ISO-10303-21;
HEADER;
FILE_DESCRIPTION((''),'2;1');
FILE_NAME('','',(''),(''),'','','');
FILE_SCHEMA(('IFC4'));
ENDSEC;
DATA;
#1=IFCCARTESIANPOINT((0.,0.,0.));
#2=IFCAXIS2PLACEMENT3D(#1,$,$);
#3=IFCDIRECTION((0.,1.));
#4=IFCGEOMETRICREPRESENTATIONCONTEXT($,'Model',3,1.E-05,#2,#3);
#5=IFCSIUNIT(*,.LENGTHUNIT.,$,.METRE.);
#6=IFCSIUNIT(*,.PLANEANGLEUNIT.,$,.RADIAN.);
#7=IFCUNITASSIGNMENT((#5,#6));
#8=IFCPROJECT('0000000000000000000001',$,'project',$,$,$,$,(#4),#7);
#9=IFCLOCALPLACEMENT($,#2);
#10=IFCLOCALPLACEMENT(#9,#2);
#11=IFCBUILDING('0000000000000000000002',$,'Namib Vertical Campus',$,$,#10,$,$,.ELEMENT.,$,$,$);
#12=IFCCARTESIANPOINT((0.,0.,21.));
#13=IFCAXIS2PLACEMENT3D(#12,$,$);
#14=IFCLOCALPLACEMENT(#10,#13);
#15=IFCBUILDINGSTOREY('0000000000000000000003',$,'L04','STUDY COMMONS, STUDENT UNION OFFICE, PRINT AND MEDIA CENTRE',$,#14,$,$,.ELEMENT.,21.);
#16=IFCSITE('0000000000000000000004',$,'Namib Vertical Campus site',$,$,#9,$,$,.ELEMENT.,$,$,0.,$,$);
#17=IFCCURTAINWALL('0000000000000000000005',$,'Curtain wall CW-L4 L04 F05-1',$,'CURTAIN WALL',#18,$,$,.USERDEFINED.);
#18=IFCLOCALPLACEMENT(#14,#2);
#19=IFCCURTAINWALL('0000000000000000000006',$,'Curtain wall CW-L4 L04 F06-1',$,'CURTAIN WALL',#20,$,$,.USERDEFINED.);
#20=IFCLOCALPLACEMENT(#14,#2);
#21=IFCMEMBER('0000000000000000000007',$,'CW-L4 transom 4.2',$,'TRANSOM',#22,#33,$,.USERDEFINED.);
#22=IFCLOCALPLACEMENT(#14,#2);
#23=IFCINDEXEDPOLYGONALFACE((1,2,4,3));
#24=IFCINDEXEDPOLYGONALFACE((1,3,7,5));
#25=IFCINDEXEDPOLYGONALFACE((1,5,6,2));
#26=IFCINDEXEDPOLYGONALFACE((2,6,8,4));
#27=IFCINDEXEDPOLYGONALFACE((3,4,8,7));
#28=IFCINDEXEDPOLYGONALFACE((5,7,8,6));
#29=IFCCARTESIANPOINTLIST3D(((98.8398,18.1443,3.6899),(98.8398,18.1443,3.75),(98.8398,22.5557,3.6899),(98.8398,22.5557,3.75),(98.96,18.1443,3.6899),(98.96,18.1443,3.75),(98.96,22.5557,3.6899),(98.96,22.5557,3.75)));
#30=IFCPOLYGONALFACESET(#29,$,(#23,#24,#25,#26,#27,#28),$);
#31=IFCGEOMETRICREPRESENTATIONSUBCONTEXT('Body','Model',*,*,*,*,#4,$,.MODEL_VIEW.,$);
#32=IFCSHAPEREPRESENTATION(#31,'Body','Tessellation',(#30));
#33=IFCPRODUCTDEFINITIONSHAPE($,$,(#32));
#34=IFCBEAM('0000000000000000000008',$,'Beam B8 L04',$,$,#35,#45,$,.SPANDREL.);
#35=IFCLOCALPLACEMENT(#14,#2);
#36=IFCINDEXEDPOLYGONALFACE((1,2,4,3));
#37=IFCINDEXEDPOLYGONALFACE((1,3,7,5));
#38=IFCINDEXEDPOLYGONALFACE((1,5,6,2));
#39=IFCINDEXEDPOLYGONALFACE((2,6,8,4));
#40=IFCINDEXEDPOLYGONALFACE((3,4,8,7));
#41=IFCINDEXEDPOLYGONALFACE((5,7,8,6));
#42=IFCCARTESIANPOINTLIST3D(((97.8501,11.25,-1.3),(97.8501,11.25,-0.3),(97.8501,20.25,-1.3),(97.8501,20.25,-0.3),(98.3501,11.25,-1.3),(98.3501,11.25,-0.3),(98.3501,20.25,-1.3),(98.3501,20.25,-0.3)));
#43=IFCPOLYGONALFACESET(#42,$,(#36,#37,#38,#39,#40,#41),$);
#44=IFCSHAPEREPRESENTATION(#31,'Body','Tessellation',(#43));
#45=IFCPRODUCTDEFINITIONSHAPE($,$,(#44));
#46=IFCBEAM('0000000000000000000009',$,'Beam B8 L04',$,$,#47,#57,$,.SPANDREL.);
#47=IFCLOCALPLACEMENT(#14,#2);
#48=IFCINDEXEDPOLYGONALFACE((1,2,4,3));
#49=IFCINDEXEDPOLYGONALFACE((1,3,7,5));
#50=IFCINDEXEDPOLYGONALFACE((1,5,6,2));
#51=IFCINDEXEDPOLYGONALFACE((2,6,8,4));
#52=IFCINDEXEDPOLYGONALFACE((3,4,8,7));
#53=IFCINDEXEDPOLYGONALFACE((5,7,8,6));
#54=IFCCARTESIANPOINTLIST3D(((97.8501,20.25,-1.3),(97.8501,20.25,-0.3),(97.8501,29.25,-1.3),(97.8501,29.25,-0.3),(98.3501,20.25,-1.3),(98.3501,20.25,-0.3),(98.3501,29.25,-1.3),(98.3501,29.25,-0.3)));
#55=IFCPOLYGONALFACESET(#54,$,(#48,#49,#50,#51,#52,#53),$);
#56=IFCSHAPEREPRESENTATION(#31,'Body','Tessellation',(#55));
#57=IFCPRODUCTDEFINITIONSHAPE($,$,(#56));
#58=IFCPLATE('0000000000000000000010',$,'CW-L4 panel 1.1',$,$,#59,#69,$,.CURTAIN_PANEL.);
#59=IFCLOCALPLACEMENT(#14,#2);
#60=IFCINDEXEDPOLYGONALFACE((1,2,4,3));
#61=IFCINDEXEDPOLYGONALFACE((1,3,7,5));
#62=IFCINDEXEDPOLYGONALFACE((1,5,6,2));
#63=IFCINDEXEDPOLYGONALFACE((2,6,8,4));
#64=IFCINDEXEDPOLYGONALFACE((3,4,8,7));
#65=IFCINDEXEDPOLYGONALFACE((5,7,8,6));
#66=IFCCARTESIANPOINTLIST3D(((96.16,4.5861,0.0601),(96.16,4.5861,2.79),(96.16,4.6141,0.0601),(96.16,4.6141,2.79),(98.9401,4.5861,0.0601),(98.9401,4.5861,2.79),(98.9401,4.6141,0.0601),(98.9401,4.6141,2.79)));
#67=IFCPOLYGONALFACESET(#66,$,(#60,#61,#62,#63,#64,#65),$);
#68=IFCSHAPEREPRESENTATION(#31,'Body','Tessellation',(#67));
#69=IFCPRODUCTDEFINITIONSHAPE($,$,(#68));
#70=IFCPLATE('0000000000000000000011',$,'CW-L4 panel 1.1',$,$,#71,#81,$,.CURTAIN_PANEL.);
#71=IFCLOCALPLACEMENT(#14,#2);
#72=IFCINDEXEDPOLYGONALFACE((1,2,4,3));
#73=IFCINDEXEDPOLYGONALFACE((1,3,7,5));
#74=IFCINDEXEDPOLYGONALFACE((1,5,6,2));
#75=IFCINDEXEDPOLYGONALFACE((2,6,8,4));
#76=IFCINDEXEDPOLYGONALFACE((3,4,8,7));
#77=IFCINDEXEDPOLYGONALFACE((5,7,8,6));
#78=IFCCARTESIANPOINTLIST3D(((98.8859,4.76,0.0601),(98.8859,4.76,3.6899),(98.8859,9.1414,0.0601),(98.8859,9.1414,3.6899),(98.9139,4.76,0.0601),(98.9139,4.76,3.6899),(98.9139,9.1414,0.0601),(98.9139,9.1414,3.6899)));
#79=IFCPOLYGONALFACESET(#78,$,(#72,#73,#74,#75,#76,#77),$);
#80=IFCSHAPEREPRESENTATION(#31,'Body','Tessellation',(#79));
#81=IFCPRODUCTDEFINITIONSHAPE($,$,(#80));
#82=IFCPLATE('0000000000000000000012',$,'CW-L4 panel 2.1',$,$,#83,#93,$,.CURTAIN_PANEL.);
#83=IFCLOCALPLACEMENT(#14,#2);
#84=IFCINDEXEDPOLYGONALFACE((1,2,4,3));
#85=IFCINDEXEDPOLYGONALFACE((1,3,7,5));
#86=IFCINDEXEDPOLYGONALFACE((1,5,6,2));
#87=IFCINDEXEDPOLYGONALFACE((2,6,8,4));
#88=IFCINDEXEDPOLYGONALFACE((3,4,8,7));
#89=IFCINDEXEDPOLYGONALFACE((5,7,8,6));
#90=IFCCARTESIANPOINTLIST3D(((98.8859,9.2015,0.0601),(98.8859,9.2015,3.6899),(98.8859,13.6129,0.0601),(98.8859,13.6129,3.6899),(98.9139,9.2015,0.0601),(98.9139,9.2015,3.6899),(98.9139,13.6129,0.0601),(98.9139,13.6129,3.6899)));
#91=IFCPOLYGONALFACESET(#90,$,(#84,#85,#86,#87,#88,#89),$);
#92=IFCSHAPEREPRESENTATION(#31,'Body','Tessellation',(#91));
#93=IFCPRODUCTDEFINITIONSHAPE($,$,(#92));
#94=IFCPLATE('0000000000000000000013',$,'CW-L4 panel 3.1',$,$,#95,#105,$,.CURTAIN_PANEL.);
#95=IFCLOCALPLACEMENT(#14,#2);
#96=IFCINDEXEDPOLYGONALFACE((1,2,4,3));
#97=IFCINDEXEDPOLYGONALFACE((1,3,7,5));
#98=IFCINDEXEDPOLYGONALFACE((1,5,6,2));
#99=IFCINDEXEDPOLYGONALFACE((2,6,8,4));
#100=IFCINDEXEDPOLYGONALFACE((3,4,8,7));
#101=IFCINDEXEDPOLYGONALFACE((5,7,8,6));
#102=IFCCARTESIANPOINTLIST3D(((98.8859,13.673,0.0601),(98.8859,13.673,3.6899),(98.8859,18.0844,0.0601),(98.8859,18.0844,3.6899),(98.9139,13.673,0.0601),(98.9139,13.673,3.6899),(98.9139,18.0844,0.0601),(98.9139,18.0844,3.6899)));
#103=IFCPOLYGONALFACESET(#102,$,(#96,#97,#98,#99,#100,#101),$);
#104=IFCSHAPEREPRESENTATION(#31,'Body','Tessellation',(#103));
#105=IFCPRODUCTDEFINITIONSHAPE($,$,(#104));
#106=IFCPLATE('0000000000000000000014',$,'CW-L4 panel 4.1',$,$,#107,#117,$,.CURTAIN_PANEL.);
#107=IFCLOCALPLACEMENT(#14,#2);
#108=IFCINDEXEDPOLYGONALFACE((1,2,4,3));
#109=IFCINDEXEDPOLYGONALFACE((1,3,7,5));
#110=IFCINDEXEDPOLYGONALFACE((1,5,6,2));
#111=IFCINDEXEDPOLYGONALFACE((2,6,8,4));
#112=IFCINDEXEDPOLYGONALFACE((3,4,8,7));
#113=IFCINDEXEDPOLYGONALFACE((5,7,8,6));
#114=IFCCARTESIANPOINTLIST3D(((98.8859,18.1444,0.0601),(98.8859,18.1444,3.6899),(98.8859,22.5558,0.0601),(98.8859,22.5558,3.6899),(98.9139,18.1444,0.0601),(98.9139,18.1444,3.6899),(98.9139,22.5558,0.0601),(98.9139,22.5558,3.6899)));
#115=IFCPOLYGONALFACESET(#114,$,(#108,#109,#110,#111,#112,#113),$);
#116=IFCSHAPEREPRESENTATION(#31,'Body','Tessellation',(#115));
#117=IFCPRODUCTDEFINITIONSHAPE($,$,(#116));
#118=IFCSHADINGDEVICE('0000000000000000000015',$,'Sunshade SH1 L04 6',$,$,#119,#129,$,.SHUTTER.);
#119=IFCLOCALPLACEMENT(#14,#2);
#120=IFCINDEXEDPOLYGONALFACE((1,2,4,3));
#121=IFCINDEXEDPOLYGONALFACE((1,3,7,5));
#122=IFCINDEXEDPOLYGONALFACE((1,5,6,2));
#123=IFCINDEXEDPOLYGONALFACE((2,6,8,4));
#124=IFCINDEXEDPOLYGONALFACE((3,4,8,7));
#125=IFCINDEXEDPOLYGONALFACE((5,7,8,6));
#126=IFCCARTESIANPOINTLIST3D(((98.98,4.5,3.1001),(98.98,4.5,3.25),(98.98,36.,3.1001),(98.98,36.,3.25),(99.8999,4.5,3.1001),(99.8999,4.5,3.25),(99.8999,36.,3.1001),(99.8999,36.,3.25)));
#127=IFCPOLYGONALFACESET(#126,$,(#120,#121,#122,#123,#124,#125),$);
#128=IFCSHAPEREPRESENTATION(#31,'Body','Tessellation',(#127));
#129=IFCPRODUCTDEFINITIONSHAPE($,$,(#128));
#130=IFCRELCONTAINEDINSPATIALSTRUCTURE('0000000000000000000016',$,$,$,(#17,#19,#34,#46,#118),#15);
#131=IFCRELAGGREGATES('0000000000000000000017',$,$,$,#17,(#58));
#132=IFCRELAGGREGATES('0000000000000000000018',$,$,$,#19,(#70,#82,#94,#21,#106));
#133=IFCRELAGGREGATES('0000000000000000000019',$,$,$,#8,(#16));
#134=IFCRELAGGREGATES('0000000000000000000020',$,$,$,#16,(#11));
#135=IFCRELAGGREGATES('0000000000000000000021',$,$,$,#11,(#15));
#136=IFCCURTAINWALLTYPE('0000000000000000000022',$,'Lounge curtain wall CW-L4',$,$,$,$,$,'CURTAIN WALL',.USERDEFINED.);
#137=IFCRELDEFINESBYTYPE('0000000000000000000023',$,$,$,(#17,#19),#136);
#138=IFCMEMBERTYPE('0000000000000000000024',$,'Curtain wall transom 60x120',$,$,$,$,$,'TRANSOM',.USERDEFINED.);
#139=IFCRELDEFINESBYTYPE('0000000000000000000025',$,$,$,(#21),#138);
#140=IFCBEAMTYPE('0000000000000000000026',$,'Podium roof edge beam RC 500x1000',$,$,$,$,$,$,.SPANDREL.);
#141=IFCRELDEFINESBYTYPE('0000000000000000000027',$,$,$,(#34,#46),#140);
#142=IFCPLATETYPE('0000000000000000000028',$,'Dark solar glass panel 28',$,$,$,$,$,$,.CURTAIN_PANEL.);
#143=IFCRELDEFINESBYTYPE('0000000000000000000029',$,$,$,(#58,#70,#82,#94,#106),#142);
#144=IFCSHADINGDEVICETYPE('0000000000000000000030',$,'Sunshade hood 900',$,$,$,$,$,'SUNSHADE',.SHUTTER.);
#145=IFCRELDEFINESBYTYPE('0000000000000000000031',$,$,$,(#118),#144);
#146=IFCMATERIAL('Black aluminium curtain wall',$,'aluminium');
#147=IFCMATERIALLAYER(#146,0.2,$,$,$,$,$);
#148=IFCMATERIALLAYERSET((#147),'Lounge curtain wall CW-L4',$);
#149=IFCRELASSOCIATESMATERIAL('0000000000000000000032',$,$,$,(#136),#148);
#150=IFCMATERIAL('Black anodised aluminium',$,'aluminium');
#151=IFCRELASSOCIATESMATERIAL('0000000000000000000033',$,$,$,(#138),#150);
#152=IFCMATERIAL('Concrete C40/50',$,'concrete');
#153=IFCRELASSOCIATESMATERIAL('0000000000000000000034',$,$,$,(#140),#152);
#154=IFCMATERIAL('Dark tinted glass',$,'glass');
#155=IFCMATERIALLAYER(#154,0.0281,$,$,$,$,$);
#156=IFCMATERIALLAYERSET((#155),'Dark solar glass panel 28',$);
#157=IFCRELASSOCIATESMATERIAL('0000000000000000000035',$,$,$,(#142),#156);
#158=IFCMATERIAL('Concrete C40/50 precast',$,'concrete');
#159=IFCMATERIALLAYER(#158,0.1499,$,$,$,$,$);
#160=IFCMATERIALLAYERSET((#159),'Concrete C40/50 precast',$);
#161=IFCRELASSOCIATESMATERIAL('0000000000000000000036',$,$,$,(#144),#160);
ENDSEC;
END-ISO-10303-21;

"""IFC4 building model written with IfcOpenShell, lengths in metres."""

from ifc_helpers import new_model, si_unit, direction, frame, origin, origin_2d, place, context, subcontext, project, spatial, rectangle, extrude, material, layer, layer_set, material_profile, profile_set, type_object, element, aggregate, save


model = new_model("IFC4")

# Units and contexts
model_context = context("Model", 3, precision=1e-05, world=origin(), true_north=direction((0.0, 1.0)))
body_context = subcontext(model_context, "Body", "Model", "MODEL_VIEW")
ifc_project = project(units=[si_unit("LENGTHUNIT", "METRE"), si_unit("PLANEANGLEUNIT", "RADIAN")], contexts=[model_context])

# Site, building, storey
site_placement = place(None, origin())
site = spatial("IfcSite", under=ifc_project, at=site_placement, Name="Namib Vertical Campus site", CompositionType="ELEMENT", RefElevation=0.0)
building_placement = place(site_placement, origin())
building = spatial("IfcBuilding", under=site, at=building_placement, Name="Namib Vertical Campus", CompositionType="ELEMENT")
storey_placement = place(building_placement, frame((0.0, 0.0, 21.0)))
storey = spatial("IfcBuildingStorey", under=building, at=storey_placement, Name="L04", Description="STUDY COMMONS, STUDENT UNION OFFICE, PRINT AND MEDIA CENTRE", CompositionType="ELEMENT", Elevation=21.0)

# Curtain wall
ifc_material_1 = material(Name="Black aluminium curtain wall", Category="aluminium")
ifc_layer_1 = layer(ifc_material_1, 0.2)
ifc_layer_set_1 = layer_set([ifc_layer_1], Name="Lounge curtain wall CW-L4")
curtain_wall_type = type_object("IfcCurtainWallType", Name="Lounge curtain wall CW-L4", ElementType="CURTAIN WALL", PredefinedType="USERDEFINED", material=ifc_layer_set_1)
curtain_wall_1_placement = place(storey_placement, origin())
curtain_wall_1 = element("IfcCurtainWall", 1, at=curtain_wall_1_placement, inside=storey, type_object=curtain_wall_type, Name="Curtain wall CW-L4 L04 F05-1", ObjectType="CURTAIN WALL", PredefinedType="USERDEFINED")

# Curtain wall
curtain_wall_2_placement = place(storey_placement, origin())
curtain_wall_2 = element("IfcCurtainWall", 2, at=curtain_wall_2_placement, inside=storey, type_object=curtain_wall_type, Name="Curtain wall CW-L4 L04 F06-1", ObjectType="CURTAIN WALL", PredefinedType="USERDEFINED")

# Member
ifc_material_2 = material(Name="Black anodised aluminium", Category="aluminium")
ifc_material_profile_1 = material_profile(ifc_material_2, rectangle(XDim=0.0601, YDim=0.1201, at=origin_2d()))
ifc_profile_set_1 = profile_set([ifc_material_profile_1], Name="Black anodised aluminium")
member_type_1 = type_object("IfcMemberType", Name="Curtain wall transom 60x120", ElementType="TRANSOM", PredefinedType="USERDEFINED", material=ifc_profile_set_1)
member_1_placement = place(storey_placement, frame((98.8999, 18.1443, 3.72), z_axis=(0.0, 1.0, 0.0), x_axis=(0.0, 0.0, 1.0)))
member_1 = element("IfcMember", 3, at=member_1_placement, type_object=member_type_1, Name="CW-L4 transom 4.2", ObjectType="TRANSOM", PredefinedType="USERDEFINED", context=body_context, shape_type="SweptSolid", body=[
    extrude(rectangle(XDim=0.0601, YDim=0.1201, at=origin_2d()), origin(), (0.0, 0.0, 1.0), 4.4114),
])

# Beams
ifc_material_3 = material(Name="Concrete C40/50", Category="concrete")
ifc_material_profile_2 = material_profile(ifc_material_3, rectangle(XDim=0.5, YDim=1.0, at=origin_2d()))
ifc_profile_set_2 = profile_set([ifc_material_profile_2], Name="Concrete C40/50")
beam_type = type_object("IfcBeamType", Name="Podium roof edge beam RC 500x1000", PredefinedType="SPANDREL", material=ifc_profile_set_2)
for number, where, z_axis, x_axis, name in (
    (4, (98.1001, 11.25, -0.8), (0.0, 1.0, 0.0), (-1.0, 0.0, 0.0), "Beam B8 L04"),
    (5, (98.1001, 20.25, -0.8), (0.0, 1.0, 0.0), (-1.0, 0.0, 0.0), "Beam B8 L04"),
):
    element("IfcBeam", number, at=place(storey_placement, frame(where, z_axis=z_axis, x_axis=x_axis)), inside=storey, type_object=beam_type, Name=name, PredefinedType="SPANDREL", context=body_context, shape_type="SweptSolid", body=[
        extrude(rectangle(XDim=0.5, YDim=1.0, at=origin_2d()), origin(), (0.0, 0.0, 1.0), 9.0),
    ])

# Plates
ifc_material_4 = material(Name="Dark tinted glass", Category="glass")
ifc_layer_2 = layer(ifc_material_4, 0.0281)
ifc_layer_set_2 = layer_set([ifc_layer_2], Name="Dark solar glass panel 28")
plate_type = type_object("IfcPlateType", Name="Dark solar glass panel 28", PredefinedType="CURTAIN_PANEL", material=ifc_layer_set_2)
plate_1_placement = place(storey_placement, frame((97.55, 4.6001, 0.0601), z_axis=(0.0, 0.0, 1.0), x_axis=(1.0, 0.0, 0.0)))
plate_1 = element("IfcPlate", 6, at=plate_1_placement, type_object=plate_type, Name="CW-L4 panel 1.1", PredefinedType="CURTAIN_PANEL", context=body_context, shape_type="SweptSolid", body=[
    extrude(rectangle(XDim=2.78, YDim=0.0281, at=origin_2d()), origin(), (0.0, 0.0, 1.0), 2.73),
])
aggregate(curtain_wall_1, [plate_1])
plate_2_placement = place(storey_placement, frame((98.8999, 6.9507, 0.0601), z_axis=(0.0, 0.0, 1.0), x_axis=(0.0, 1.0, 0.0)))
plate_2 = element("IfcPlate", 7, at=plate_2_placement, type_object=plate_type, Name="CW-L4 panel 1.1", PredefinedType="CURTAIN_PANEL", context=body_context, shape_type="SweptSolid", body=[
    extrude(rectangle(XDim=4.3813, YDim=0.0281, at=origin_2d()), origin(), (0.0, 0.0, 1.0), 3.6299),
])
plate_3_placement = place(storey_placement, frame((98.8999, 11.4072, 0.0601), z_axis=(0.0, 0.0, 1.0), x_axis=(0.0, 1.0, 0.0)))
plate_3 = element("IfcPlate", 8, at=plate_3_placement, type_object=plate_type, Name="CW-L4 panel 2.1", PredefinedType="CURTAIN_PANEL", context=body_context, shape_type="SweptSolid", body=[
    extrude(rectangle(XDim=4.4114, YDim=0.0281, at=origin_2d()), origin(), (0.0, 0.0, 1.0), 3.6299),
])
plate_4_placement = place(storey_placement, frame((98.8999, 15.8787, 0.0601), z_axis=(0.0, 0.0, 1.0), x_axis=(0.0, 1.0, 0.0)))
plate_4 = element("IfcPlate", 9, at=plate_4_placement, type_object=plate_type, Name="CW-L4 panel 3.1", PredefinedType="CURTAIN_PANEL", context=body_context, shape_type="SweptSolid", body=[
    extrude(rectangle(XDim=4.4114, YDim=0.0281, at=origin_2d()), origin(), (0.0, 0.0, 1.0), 3.6299),
])
plate_5_placement = place(storey_placement, frame((98.8999, 20.3501, 0.0601), z_axis=(0.0, 0.0, 1.0), x_axis=(0.0, 1.0, 0.0)))
plate_5 = element("IfcPlate", 10, at=plate_5_placement, type_object=plate_type, Name="CW-L4 panel 4.1", PredefinedType="CURTAIN_PANEL", context=body_context, shape_type="SweptSolid", body=[
    extrude(rectangle(XDim=4.4114, YDim=0.0281, at=origin_2d()), origin(), (0.0, 0.0, 1.0), 3.6299),
])
aggregate(curtain_wall_2, [plate_2, plate_3, plate_4, member_1, plate_5])

# Shading device
ifc_material_5 = material(Name="Concrete C40/50 precast", Category="concrete")
ifc_layer_3 = layer(ifc_material_5, 0.1499)
ifc_layer_set_3 = layer_set([ifc_layer_3], Name="Concrete C40/50 precast")
shading_device_type = type_object("IfcShadingDeviceType", Name="Sunshade hood 900", ElementType="SUNSHADE", PredefinedType="SHUTTER", material=ifc_layer_set_3)
shading_device_placement = place(storey_placement, frame((99.4399, 20.25, 3.1001), z_axis=(0.0, 0.0, 1.0), x_axis=(0.0, 1.0, 0.0)))
element("IfcShadingDevice", 11, at=shading_device_placement, inside=storey, type_object=shading_device_type, Name="Sunshade SH1 L04 6", PredefinedType="SHUTTER", context=body_context, shape_type="SweptSolid", body=[
    extrude(rectangle(XDim=31.5, YDim=0.9199, at=origin_2d()), origin(), (0.0, 0.0, 1.0), 0.1499),
])

save(model, "model.ifc")
